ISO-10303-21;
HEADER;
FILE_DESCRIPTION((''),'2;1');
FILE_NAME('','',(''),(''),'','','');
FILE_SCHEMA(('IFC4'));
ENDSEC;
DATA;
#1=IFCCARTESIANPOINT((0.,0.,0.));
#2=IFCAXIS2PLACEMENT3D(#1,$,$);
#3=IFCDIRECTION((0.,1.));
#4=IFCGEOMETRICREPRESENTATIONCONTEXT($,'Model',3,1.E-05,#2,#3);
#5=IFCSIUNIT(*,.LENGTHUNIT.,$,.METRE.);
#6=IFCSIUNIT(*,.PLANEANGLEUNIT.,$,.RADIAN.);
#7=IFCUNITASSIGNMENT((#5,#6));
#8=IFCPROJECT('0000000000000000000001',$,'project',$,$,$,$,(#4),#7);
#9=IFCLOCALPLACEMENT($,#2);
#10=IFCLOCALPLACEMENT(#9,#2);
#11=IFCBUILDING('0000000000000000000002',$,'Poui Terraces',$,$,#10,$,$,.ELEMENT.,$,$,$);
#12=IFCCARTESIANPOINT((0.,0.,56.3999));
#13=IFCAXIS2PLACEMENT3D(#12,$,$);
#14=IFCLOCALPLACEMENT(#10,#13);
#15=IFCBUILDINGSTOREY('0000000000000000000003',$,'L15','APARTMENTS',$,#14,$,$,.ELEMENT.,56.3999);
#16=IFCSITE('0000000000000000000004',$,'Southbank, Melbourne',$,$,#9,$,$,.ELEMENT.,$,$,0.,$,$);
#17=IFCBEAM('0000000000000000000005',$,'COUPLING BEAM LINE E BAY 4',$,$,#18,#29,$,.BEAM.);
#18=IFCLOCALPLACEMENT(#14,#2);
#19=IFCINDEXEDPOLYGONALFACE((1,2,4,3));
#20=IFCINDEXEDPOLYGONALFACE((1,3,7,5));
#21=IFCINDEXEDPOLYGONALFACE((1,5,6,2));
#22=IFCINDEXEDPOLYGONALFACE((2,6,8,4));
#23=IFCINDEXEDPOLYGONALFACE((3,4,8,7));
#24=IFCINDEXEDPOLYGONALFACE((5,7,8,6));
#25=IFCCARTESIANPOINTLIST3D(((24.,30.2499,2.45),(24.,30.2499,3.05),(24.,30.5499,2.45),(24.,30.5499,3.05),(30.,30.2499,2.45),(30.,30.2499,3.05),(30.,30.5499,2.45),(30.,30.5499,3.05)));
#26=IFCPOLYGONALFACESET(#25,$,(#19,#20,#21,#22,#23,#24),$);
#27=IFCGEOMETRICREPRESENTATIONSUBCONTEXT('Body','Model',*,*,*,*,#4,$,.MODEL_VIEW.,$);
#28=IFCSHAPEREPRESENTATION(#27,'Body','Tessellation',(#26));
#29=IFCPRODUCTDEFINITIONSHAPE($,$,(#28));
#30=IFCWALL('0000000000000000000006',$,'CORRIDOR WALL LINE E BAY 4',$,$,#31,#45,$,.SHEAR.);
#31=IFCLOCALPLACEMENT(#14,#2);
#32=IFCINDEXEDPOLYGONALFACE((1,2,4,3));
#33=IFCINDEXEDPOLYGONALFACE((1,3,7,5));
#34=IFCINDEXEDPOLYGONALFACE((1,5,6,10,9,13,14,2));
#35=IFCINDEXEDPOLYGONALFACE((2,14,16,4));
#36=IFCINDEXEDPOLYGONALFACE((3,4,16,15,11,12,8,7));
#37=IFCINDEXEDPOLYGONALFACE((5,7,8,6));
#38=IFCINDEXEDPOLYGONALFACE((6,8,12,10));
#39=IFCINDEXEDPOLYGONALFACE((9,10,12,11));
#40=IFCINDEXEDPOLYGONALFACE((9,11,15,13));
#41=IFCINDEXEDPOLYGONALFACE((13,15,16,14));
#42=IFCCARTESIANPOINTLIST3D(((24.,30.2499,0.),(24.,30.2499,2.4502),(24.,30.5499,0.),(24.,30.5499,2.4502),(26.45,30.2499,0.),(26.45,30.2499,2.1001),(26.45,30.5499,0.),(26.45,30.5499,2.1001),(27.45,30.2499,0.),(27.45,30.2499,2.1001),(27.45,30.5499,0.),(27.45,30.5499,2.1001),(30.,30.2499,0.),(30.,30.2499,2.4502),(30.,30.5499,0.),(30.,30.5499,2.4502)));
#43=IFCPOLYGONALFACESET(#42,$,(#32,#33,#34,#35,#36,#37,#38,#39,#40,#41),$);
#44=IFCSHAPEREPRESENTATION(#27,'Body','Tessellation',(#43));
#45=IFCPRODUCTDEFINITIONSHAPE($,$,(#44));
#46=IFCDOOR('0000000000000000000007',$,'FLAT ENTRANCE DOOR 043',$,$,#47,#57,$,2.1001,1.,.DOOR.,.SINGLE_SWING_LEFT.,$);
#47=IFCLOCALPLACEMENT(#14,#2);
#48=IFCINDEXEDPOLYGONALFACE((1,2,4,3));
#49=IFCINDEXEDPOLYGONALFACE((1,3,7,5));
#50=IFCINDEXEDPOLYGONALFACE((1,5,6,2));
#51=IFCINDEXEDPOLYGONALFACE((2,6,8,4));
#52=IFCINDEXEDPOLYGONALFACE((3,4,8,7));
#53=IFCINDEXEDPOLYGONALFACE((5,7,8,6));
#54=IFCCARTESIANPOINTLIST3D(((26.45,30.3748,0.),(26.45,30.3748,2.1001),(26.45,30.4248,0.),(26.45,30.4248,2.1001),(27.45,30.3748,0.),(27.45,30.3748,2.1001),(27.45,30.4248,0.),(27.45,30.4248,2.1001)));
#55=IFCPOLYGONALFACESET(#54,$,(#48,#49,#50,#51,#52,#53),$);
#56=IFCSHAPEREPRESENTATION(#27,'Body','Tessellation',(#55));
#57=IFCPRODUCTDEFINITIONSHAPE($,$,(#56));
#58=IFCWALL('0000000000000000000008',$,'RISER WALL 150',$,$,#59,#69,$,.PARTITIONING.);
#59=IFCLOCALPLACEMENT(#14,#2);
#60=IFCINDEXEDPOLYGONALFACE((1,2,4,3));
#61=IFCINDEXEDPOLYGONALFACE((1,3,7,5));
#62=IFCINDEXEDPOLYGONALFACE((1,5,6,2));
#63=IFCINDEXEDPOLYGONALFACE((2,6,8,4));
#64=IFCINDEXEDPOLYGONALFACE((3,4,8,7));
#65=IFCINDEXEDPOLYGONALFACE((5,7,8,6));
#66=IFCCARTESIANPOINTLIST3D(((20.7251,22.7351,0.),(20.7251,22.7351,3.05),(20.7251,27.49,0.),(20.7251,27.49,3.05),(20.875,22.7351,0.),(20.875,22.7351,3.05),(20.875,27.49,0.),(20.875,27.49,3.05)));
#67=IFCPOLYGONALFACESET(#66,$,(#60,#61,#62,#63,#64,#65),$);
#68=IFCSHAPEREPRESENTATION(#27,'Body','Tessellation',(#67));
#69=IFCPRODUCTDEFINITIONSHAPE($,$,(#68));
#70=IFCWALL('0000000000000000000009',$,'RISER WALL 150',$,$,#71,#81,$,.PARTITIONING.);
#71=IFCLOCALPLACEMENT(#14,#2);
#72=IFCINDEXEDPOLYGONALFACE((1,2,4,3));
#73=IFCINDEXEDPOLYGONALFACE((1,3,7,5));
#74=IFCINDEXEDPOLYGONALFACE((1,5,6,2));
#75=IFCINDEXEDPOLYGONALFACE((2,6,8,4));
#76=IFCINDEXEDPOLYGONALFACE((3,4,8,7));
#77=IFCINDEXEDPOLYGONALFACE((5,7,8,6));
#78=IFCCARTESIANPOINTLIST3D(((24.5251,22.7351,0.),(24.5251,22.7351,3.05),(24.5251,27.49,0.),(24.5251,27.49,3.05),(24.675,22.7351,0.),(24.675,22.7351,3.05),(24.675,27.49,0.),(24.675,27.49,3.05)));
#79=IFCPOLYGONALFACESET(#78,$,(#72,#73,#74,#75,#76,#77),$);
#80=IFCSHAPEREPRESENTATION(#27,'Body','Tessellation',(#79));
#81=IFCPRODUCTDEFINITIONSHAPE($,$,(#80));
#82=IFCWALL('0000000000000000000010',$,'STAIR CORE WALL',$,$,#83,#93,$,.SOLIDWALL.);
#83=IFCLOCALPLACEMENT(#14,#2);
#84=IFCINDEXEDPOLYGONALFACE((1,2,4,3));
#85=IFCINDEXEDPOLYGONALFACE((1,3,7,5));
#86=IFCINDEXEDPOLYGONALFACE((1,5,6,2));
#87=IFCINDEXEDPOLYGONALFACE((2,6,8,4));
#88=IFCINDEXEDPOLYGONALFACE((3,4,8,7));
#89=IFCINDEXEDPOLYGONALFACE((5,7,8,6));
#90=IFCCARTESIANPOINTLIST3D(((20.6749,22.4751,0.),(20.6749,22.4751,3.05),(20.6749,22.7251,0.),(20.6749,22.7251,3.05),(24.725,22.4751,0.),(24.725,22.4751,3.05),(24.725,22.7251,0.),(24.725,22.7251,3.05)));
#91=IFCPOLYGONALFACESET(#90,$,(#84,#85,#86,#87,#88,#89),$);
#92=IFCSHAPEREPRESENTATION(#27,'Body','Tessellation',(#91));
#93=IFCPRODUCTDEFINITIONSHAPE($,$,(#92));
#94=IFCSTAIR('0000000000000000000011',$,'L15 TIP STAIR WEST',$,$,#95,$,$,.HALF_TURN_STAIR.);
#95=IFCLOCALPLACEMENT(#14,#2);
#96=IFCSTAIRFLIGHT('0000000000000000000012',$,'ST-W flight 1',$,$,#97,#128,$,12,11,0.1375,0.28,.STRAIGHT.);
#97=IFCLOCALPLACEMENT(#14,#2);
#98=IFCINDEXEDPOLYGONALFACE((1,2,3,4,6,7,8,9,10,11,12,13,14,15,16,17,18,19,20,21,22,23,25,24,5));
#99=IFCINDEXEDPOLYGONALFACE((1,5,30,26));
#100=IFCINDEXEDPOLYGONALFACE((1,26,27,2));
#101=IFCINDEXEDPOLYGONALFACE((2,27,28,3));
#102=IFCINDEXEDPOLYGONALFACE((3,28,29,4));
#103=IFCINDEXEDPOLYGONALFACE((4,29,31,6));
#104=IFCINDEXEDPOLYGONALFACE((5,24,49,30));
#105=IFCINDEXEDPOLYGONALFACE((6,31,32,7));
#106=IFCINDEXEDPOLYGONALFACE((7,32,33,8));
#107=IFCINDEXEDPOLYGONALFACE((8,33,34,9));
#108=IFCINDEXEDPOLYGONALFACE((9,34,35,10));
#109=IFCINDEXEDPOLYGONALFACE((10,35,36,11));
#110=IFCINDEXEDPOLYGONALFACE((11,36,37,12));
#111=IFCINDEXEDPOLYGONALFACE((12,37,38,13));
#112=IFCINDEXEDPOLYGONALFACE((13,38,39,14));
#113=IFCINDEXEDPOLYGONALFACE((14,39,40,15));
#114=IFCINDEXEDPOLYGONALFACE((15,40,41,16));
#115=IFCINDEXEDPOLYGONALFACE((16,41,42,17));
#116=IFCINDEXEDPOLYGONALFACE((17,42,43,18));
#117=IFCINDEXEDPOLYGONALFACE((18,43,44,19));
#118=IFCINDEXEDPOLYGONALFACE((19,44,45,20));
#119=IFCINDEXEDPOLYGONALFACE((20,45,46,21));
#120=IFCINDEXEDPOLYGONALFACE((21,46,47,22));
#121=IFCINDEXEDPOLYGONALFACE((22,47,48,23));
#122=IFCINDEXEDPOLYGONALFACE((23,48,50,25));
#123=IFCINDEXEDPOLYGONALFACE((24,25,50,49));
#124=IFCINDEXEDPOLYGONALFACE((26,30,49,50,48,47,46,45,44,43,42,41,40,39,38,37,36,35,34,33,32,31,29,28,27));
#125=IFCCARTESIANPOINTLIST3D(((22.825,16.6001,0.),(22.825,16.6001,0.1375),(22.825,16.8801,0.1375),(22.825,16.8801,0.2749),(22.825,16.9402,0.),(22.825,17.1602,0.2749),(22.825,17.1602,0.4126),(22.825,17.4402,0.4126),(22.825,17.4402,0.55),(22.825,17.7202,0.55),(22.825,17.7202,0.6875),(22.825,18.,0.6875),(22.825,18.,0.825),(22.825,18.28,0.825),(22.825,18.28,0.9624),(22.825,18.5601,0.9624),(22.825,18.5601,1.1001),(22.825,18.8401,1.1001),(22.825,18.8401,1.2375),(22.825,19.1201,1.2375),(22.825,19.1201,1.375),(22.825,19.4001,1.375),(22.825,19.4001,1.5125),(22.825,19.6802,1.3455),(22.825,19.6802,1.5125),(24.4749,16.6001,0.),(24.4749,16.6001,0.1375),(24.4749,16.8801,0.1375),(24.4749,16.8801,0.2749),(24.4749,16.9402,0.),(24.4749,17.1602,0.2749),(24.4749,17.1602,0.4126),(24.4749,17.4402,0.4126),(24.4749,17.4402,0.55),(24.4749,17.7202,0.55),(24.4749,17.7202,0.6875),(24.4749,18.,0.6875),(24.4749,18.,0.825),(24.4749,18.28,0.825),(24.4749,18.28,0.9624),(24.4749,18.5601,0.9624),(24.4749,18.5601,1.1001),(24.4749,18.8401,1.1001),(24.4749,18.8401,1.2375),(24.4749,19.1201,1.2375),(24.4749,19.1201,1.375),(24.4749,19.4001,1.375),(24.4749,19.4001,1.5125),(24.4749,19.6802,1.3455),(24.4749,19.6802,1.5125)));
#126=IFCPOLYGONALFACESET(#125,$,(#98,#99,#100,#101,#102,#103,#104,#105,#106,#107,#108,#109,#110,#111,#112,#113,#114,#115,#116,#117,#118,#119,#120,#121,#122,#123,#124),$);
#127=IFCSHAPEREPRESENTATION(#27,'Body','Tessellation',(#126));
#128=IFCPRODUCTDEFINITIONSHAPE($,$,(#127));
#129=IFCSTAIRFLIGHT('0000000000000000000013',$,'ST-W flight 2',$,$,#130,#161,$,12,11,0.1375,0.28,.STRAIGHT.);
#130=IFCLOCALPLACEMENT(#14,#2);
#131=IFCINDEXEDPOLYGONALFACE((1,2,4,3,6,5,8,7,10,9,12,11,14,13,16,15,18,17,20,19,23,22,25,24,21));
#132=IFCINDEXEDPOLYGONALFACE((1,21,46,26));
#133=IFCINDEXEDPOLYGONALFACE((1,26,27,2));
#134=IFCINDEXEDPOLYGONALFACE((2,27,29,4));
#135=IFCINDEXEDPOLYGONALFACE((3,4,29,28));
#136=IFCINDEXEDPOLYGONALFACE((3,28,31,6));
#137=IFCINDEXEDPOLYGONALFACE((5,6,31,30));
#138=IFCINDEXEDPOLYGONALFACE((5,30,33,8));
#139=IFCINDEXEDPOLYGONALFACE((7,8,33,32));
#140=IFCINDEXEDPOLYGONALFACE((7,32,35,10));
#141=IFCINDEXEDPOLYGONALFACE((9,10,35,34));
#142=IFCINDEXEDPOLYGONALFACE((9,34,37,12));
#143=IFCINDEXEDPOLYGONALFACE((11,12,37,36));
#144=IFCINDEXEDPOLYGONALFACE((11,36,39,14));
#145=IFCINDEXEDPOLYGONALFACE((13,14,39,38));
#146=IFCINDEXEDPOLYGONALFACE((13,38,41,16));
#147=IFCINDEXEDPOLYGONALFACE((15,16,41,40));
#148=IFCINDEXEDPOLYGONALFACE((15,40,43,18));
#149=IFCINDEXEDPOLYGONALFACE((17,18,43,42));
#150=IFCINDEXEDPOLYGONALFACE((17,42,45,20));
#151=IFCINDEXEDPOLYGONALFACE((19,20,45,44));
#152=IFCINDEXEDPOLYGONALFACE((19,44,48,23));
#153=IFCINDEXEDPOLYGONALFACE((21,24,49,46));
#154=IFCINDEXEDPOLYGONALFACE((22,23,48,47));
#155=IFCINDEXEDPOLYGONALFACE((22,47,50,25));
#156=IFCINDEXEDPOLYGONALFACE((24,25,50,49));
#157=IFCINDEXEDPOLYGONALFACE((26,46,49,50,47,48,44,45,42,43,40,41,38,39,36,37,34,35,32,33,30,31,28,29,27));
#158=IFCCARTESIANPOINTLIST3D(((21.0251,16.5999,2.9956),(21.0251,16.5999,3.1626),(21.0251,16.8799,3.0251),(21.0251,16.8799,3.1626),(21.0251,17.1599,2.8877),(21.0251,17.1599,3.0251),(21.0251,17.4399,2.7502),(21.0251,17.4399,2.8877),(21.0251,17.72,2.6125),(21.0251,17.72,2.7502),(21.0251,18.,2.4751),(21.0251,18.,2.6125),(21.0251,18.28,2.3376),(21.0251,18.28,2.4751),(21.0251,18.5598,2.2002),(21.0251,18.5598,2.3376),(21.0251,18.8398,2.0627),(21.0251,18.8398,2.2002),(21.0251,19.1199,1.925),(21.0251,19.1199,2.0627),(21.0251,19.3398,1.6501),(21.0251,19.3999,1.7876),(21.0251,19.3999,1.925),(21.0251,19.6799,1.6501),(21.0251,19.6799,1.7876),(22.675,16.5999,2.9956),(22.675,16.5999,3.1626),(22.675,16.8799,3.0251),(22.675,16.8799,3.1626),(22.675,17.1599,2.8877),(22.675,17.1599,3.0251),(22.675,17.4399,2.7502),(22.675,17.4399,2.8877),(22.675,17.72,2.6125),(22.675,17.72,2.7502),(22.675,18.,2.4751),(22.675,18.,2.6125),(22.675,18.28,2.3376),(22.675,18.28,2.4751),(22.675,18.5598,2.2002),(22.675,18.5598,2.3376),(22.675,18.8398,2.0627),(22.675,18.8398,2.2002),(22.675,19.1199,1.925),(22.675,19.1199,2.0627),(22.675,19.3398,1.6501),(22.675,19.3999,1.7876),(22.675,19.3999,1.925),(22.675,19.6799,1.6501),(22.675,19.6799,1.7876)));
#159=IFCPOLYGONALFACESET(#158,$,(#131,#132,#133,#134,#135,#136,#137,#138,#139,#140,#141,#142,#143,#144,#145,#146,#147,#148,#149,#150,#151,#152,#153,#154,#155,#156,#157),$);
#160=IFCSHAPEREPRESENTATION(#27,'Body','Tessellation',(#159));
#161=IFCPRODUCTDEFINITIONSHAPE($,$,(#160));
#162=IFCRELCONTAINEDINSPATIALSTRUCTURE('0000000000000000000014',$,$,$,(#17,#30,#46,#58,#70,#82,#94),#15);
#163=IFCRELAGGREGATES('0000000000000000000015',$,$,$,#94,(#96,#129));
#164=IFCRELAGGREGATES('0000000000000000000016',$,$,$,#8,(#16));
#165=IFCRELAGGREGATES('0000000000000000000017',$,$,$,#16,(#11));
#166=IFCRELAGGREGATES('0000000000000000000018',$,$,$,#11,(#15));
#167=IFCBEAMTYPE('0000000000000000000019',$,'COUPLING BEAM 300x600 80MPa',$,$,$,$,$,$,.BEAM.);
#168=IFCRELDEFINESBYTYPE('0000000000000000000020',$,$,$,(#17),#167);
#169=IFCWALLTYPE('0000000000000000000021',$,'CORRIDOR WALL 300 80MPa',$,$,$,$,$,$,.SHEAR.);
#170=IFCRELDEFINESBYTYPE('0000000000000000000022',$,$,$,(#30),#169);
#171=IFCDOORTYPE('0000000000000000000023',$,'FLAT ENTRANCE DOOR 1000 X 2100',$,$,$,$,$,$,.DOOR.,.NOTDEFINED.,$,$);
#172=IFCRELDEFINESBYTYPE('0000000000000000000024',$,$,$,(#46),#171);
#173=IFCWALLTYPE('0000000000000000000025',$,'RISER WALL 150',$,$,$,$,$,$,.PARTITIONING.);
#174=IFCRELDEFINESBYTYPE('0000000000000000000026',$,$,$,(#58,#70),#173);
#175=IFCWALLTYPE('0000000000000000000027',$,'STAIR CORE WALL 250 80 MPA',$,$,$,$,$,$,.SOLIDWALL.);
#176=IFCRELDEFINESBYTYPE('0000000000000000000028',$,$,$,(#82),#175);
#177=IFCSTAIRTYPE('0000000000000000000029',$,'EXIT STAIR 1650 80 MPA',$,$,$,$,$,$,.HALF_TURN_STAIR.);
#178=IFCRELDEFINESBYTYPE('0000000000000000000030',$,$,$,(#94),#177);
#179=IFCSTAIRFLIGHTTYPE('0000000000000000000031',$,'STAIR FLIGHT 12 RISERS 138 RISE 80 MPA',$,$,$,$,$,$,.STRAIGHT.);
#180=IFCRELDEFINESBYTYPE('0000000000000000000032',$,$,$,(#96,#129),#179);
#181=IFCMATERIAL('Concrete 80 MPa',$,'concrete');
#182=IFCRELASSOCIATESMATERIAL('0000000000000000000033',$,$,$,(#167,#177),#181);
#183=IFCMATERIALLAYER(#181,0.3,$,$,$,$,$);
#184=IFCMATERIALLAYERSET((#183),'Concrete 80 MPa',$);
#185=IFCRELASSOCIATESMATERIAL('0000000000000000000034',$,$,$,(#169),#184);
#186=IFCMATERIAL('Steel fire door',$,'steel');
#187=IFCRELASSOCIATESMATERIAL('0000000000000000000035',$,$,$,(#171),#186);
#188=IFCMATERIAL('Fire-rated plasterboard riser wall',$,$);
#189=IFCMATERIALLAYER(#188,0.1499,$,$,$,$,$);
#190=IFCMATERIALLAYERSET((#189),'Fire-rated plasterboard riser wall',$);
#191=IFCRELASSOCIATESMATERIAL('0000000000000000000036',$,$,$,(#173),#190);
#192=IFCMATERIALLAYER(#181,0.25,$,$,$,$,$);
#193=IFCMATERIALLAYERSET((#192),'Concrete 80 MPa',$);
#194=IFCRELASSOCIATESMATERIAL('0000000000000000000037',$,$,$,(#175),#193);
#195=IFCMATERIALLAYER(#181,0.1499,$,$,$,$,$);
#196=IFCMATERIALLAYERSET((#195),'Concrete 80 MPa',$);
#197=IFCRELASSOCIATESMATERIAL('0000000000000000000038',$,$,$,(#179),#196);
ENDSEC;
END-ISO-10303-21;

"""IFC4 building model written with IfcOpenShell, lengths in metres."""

from ifc_helpers import new_model, si_unit, direction, frame, frame_2d, origin, origin_2d, place, context, subcontext, project, spatial, polyline, rectangle, outline, extrude, source, transform, mapped, material, layer, layer_set, material_profile, profile_set, type_object, element, fill, aggregate, save


model = new_model("IFC4")

# Units and contexts
model_context = context("Model", 3, precision=1e-05, world=origin(), true_north=direction((0.0, 1.0)))
body_context = subcontext(model_context, "Body", "Model", "MODEL_VIEW")
ifc_project = project(units=[si_unit("LENGTHUNIT", "METRE"), si_unit("PLANEANGLEUNIT", "RADIAN")], contexts=[model_context])

# Site, building, storey
site_placement = place(None, origin())
site = spatial("IfcSite", under=ifc_project, at=site_placement, Name="Southbank, Melbourne", CompositionType="ELEMENT", RefElevation=0.0)
building_placement = place(site_placement, origin())
building = spatial("IfcBuilding", under=site, at=building_placement, Name="Poui Terraces", CompositionType="ELEMENT")
storey_placement = place(building_placement, frame((0.0, 0.0, 56.3999)))
storey = spatial("IfcBuildingStorey", under=building, at=storey_placement, Name="L15", Description="APARTMENTS", CompositionType="ELEMENT", Elevation=56.3999)

# Beam
ifc_material_1 = material(Name="Concrete 80 MPa", Category="concrete")
ifc_material_profile = material_profile(ifc_material_1, rectangle(XDim=0.3, YDim=0.6001, at=origin_2d()), Name="RC 300x600")
ifc_profile_set = profile_set([ifc_material_profile], Name="Concrete 80 MPa")
beam_type = type_object("IfcBeamType", Name="COUPLING BEAM 300x600 80MPa", PredefinedType="BEAM", material=ifc_profile_set)
shared_shape = source(origin(), body_context, "Body", "SweptSolid", [
    extrude(rectangle(XDim=0.3, YDim=0.6001, at=origin_2d()), origin(), (0.0, 0.0, 1.0), 6.0),
])
beam_placement = place(storey_placement, frame((24.0, 30.3999, 2.75), z_axis=(1.0, 0.0, 0.0), x_axis=(0.0, 1.0, 0.0)))
element("IfcBeam", 1, at=beam_placement, inside=storey, type_object=beam_type, Name="COUPLING BEAM LINE E BAY 4", PredefinedType="BEAM", context=body_context, shape_type="MappedRepresentation", body=[
    mapped(shared_shape, transform((0.0, 0.0, 0.0))),
])

# Wall, opening, door
ifc_layer_1 = layer(ifc_material_1, 0.3)
ifc_layer_set_1 = layer_set([ifc_layer_1], Name="Concrete 80 MPa")
wall_type_1 = type_object("IfcWallType", Name="CORRIDOR WALL 300 80MPa", PredefinedType="SHEAR", material=ifc_layer_set_1)
wall_1_placement = place(storey_placement, frame((24.0, 30.3999, 0.0), z_axis=(0.0, 0.0, 1.0), x_axis=(1.0, 0.0, 0.0)))
wall_1 = element("IfcWall", 2, at=wall_1_placement, inside=storey, type_object=wall_type_1, Name="CORRIDOR WALL LINE E BAY 4", PredefinedType="SHEAR", context=body_context, shape_type="SweptSolid", body=[
    extrude(rectangle(XDim=6.0, YDim=0.3, at=frame_2d((3.0, 0.0))), origin(), (0.0, 0.0, 1.0), 2.4502),
])
opening_placement = place(wall_1_placement, frame((2.45, 0.0, 0.0)))
opening = element("IfcOpeningElement", 3, at=opening_placement, cuts=wall_1, PredefinedType="OPENING", context=body_context, shape_type="SweptSolid", body=[
    extrude(rectangle(XDim=1.0, YDim=2.1001, at=frame_2d((0.5, 1.05))), frame((0.0, 0.1602, 0.0), z_axis=(0.0, -1.0, 0.0), x_axis=(1.0, 0.0, 0.0)), (0.0, 0.0, 1.0), 0.3201),
])
ifc_material_2 = material(Name="Steel fire door", Category="steel")
door_type = type_object("IfcDoorType", Name="FLAT ENTRANCE DOOR 1000 X 2100", OperationType="NOTDEFINED", PredefinedType="DOOR", material=ifc_material_2)
door_placement = place(opening_placement, origin())
door = element("IfcDoor", 4, at=door_placement, inside=storey, type_object=door_type, Name="FLAT ENTRANCE DOOR 043", OperationType="SINGLE_SWING_LEFT", OverallHeight=2.1001, OverallWidth=1.0, PredefinedType="DOOR", context=body_context, shape_type="SweptSolid", body=[
    extrude(rectangle(XDim=1.0, YDim=2.1001, at=frame_2d((0.5, 1.05))), frame((0.0, 0.0249, 0.0), z_axis=(0.0, -1.0, 0.0), x_axis=(1.0, 0.0, 0.0)), (0.0, 0.0, 1.0), 0.05),
])
fill(opening, door)

# Walls
ifc_material_3 = material(Name="Fire-rated plasterboard riser wall")
ifc_layer_2 = layer(ifc_material_3, 0.1499)
ifc_layer_set_2 = layer_set([ifc_layer_2], Name="Fire-rated plasterboard riser wall")
wall_type_2 = type_object("IfcWallType", Name="RISER WALL 150", PredefinedType="PARTITIONING", material=ifc_layer_set_2)
for number, where, z_axis, x_axis, name in (
    (5, (20.8, 22.7351, 0.0), (0.0, 0.0, 1.0), (0.0, 1.0, 0.0), "RISER WALL 150"),
    (6, (24.6001, 22.7351, 0.0), (0.0, 0.0, 1.0), (0.0, 1.0, 0.0), "RISER WALL 150"),
):
    element("IfcWall", number, at=place(storey_placement, frame(where, z_axis=z_axis, x_axis=x_axis)), inside=storey, type_object=wall_type_2, Name=name, PredefinedType="PARTITIONING", context=body_context, shape_type="SweptSolid", body=[
        extrude(rectangle(XDim=4.7549, YDim=0.1499, at=frame_2d((2.3774, 0.0))), origin(), (0.0, 0.0, 1.0), 3.05),
    ])
ifc_layer_3 = layer(ifc_material_1, 0.25)
ifc_layer_set_3 = layer_set([ifc_layer_3], Name="Concrete 80 MPa")
wall_type_3 = type_object("IfcWallType", Name="STAIR CORE WALL 250 80 MPA", PredefinedType="SOLIDWALL", material=ifc_layer_set_3)
wall_2_placement = place(storey_placement, frame((20.675, 22.6001, 0.0), z_axis=(0.0, 0.0, 1.0), x_axis=(1.0, 0.0, 0.0)))
element("IfcWall", 7, at=wall_2_placement, inside=storey, type_object=wall_type_3, Name="STAIR CORE WALL", PredefinedType="SOLIDWALL", context=body_context, shape_type="SweptSolid", body=[
    extrude(rectangle(XDim=4.05, YDim=0.25, at=frame_2d((2.0249, 0.0))), origin(), (0.0, 0.0, 1.0), 3.05),
])

# Stair, stair flights
stair_type = type_object("IfcStairType", Name="EXIT STAIR 1650 80 MPA", PredefinedType="HALF_TURN_STAIR", material=ifc_material_1)
stair_placement = place(storey_placement, origin())
stair = element("IfcStair", 8, at=stair_placement, inside=storey, type_object=stair_type, Name="L15 TIP STAIR WEST", PredefinedType="HALF_TURN_STAIR")
ifc_layer_4 = layer(ifc_material_1, 0.1499)
ifc_layer_set_4 = layer_set([ifc_layer_4], Name="Concrete 80 MPa")
stair_flight_type = type_object("IfcStairFlightType", Name="STAIR FLIGHT 12 RISERS 138 RISE 80 MPA", PredefinedType="STRAIGHT", material=ifc_layer_set_4)
stair_flight_1_placement = place(storey_placement, frame((23.6499, 16.6001, 0.0), z_axis=(0.0, 0.0, 1.0), x_axis=(0.0, 1.0, 0.0)))
stair_flight_1 = element("IfcStairFlight", 9, at=stair_flight_1_placement, type_object=stair_flight_type, Name="ST-W flight 1", NumberOfRisers=12, NumberOfTreads=11, PredefinedType="STRAIGHT", RiserHeight=0.1375, TreadLength=0.28, context=body_context, shape_type="SweptSolid", body=[
    extrude(outline(polyline([(0.0, 0.0), (0.0, 0.1375), (0.28, 0.1375), (0.28, 0.2749), (0.5601, 0.2749), (0.5601, 0.4126), (0.8401, 0.4126), (0.8401, 0.55), (1.1201, 0.55), (1.1201, 0.6875), (1.3999, 0.6875), (1.3999, 0.825), (1.6799, 0.825), (1.6799, 0.9624), (1.96, 0.9624), (1.96, 1.1001), (2.24, 1.1001), (2.24, 1.2375), (2.52, 1.2375), (2.52, 1.375), (2.8, 1.375), (2.8, 1.5125), (3.0801, 1.5125), (3.0801, 1.6499), (3.0801, 1.3455), (0.3401, 0.0), (0.0, 0.0)])), frame((0.0, 0.825, 0.0), z_axis=(0.0, -1.0, 0.0), x_axis=(1.0, 0.0, 0.0)), (0.0, 0.0, 1.0), 1.6499),
])
stair_flight_2_placement = place(storey_placement, frame((21.8501, 19.6799, 1.6501), z_axis=(0.0, 0.0, 1.0), x_axis=(0.0, -1.0, 0.0)))
stair_flight_2 = element("IfcStairFlight", 10, at=stair_flight_2_placement, type_object=stair_flight_type, Name="ST-W flight 2", NumberOfRisers=12, NumberOfTreads=11, PredefinedType="STRAIGHT", RiserHeight=0.1375, TreadLength=0.28, context=body_context, shape_type="SweptSolid", body=[
    extrude(outline(polyline([(0.0, 0.0), (0.0, 0.1375), (0.28, 0.1375), (0.28, 0.2749), (0.5601, 0.2749), (0.5601, 0.4126), (0.8401, 0.4126), (0.8401, 0.55), (1.1201, 0.55), (1.1201, 0.6875), (1.3999, 0.6875), (1.3999, 0.825), (1.6799, 0.825), (1.6799, 0.9624), (1.96, 0.9624), (1.96, 1.1001), (2.24, 1.1001), (2.24, 1.2375), (2.52, 1.2375), (2.52, 1.375), (2.8, 1.375), (2.8, 1.5125), (3.0801, 1.5125), (3.0801, 1.6499), (3.0801, 1.3455), (0.3401, 0.0), (0.0, 0.0)])), frame((0.0, 0.825, 0.0), z_axis=(0.0, -1.0, 0.0), x_axis=(1.0, 0.0, 0.0)), (0.0, 0.0, 1.0), 1.6499),
])
aggregate(stair, [stair_flight_1, stair_flight_2])

save(model, "model.ifc")
